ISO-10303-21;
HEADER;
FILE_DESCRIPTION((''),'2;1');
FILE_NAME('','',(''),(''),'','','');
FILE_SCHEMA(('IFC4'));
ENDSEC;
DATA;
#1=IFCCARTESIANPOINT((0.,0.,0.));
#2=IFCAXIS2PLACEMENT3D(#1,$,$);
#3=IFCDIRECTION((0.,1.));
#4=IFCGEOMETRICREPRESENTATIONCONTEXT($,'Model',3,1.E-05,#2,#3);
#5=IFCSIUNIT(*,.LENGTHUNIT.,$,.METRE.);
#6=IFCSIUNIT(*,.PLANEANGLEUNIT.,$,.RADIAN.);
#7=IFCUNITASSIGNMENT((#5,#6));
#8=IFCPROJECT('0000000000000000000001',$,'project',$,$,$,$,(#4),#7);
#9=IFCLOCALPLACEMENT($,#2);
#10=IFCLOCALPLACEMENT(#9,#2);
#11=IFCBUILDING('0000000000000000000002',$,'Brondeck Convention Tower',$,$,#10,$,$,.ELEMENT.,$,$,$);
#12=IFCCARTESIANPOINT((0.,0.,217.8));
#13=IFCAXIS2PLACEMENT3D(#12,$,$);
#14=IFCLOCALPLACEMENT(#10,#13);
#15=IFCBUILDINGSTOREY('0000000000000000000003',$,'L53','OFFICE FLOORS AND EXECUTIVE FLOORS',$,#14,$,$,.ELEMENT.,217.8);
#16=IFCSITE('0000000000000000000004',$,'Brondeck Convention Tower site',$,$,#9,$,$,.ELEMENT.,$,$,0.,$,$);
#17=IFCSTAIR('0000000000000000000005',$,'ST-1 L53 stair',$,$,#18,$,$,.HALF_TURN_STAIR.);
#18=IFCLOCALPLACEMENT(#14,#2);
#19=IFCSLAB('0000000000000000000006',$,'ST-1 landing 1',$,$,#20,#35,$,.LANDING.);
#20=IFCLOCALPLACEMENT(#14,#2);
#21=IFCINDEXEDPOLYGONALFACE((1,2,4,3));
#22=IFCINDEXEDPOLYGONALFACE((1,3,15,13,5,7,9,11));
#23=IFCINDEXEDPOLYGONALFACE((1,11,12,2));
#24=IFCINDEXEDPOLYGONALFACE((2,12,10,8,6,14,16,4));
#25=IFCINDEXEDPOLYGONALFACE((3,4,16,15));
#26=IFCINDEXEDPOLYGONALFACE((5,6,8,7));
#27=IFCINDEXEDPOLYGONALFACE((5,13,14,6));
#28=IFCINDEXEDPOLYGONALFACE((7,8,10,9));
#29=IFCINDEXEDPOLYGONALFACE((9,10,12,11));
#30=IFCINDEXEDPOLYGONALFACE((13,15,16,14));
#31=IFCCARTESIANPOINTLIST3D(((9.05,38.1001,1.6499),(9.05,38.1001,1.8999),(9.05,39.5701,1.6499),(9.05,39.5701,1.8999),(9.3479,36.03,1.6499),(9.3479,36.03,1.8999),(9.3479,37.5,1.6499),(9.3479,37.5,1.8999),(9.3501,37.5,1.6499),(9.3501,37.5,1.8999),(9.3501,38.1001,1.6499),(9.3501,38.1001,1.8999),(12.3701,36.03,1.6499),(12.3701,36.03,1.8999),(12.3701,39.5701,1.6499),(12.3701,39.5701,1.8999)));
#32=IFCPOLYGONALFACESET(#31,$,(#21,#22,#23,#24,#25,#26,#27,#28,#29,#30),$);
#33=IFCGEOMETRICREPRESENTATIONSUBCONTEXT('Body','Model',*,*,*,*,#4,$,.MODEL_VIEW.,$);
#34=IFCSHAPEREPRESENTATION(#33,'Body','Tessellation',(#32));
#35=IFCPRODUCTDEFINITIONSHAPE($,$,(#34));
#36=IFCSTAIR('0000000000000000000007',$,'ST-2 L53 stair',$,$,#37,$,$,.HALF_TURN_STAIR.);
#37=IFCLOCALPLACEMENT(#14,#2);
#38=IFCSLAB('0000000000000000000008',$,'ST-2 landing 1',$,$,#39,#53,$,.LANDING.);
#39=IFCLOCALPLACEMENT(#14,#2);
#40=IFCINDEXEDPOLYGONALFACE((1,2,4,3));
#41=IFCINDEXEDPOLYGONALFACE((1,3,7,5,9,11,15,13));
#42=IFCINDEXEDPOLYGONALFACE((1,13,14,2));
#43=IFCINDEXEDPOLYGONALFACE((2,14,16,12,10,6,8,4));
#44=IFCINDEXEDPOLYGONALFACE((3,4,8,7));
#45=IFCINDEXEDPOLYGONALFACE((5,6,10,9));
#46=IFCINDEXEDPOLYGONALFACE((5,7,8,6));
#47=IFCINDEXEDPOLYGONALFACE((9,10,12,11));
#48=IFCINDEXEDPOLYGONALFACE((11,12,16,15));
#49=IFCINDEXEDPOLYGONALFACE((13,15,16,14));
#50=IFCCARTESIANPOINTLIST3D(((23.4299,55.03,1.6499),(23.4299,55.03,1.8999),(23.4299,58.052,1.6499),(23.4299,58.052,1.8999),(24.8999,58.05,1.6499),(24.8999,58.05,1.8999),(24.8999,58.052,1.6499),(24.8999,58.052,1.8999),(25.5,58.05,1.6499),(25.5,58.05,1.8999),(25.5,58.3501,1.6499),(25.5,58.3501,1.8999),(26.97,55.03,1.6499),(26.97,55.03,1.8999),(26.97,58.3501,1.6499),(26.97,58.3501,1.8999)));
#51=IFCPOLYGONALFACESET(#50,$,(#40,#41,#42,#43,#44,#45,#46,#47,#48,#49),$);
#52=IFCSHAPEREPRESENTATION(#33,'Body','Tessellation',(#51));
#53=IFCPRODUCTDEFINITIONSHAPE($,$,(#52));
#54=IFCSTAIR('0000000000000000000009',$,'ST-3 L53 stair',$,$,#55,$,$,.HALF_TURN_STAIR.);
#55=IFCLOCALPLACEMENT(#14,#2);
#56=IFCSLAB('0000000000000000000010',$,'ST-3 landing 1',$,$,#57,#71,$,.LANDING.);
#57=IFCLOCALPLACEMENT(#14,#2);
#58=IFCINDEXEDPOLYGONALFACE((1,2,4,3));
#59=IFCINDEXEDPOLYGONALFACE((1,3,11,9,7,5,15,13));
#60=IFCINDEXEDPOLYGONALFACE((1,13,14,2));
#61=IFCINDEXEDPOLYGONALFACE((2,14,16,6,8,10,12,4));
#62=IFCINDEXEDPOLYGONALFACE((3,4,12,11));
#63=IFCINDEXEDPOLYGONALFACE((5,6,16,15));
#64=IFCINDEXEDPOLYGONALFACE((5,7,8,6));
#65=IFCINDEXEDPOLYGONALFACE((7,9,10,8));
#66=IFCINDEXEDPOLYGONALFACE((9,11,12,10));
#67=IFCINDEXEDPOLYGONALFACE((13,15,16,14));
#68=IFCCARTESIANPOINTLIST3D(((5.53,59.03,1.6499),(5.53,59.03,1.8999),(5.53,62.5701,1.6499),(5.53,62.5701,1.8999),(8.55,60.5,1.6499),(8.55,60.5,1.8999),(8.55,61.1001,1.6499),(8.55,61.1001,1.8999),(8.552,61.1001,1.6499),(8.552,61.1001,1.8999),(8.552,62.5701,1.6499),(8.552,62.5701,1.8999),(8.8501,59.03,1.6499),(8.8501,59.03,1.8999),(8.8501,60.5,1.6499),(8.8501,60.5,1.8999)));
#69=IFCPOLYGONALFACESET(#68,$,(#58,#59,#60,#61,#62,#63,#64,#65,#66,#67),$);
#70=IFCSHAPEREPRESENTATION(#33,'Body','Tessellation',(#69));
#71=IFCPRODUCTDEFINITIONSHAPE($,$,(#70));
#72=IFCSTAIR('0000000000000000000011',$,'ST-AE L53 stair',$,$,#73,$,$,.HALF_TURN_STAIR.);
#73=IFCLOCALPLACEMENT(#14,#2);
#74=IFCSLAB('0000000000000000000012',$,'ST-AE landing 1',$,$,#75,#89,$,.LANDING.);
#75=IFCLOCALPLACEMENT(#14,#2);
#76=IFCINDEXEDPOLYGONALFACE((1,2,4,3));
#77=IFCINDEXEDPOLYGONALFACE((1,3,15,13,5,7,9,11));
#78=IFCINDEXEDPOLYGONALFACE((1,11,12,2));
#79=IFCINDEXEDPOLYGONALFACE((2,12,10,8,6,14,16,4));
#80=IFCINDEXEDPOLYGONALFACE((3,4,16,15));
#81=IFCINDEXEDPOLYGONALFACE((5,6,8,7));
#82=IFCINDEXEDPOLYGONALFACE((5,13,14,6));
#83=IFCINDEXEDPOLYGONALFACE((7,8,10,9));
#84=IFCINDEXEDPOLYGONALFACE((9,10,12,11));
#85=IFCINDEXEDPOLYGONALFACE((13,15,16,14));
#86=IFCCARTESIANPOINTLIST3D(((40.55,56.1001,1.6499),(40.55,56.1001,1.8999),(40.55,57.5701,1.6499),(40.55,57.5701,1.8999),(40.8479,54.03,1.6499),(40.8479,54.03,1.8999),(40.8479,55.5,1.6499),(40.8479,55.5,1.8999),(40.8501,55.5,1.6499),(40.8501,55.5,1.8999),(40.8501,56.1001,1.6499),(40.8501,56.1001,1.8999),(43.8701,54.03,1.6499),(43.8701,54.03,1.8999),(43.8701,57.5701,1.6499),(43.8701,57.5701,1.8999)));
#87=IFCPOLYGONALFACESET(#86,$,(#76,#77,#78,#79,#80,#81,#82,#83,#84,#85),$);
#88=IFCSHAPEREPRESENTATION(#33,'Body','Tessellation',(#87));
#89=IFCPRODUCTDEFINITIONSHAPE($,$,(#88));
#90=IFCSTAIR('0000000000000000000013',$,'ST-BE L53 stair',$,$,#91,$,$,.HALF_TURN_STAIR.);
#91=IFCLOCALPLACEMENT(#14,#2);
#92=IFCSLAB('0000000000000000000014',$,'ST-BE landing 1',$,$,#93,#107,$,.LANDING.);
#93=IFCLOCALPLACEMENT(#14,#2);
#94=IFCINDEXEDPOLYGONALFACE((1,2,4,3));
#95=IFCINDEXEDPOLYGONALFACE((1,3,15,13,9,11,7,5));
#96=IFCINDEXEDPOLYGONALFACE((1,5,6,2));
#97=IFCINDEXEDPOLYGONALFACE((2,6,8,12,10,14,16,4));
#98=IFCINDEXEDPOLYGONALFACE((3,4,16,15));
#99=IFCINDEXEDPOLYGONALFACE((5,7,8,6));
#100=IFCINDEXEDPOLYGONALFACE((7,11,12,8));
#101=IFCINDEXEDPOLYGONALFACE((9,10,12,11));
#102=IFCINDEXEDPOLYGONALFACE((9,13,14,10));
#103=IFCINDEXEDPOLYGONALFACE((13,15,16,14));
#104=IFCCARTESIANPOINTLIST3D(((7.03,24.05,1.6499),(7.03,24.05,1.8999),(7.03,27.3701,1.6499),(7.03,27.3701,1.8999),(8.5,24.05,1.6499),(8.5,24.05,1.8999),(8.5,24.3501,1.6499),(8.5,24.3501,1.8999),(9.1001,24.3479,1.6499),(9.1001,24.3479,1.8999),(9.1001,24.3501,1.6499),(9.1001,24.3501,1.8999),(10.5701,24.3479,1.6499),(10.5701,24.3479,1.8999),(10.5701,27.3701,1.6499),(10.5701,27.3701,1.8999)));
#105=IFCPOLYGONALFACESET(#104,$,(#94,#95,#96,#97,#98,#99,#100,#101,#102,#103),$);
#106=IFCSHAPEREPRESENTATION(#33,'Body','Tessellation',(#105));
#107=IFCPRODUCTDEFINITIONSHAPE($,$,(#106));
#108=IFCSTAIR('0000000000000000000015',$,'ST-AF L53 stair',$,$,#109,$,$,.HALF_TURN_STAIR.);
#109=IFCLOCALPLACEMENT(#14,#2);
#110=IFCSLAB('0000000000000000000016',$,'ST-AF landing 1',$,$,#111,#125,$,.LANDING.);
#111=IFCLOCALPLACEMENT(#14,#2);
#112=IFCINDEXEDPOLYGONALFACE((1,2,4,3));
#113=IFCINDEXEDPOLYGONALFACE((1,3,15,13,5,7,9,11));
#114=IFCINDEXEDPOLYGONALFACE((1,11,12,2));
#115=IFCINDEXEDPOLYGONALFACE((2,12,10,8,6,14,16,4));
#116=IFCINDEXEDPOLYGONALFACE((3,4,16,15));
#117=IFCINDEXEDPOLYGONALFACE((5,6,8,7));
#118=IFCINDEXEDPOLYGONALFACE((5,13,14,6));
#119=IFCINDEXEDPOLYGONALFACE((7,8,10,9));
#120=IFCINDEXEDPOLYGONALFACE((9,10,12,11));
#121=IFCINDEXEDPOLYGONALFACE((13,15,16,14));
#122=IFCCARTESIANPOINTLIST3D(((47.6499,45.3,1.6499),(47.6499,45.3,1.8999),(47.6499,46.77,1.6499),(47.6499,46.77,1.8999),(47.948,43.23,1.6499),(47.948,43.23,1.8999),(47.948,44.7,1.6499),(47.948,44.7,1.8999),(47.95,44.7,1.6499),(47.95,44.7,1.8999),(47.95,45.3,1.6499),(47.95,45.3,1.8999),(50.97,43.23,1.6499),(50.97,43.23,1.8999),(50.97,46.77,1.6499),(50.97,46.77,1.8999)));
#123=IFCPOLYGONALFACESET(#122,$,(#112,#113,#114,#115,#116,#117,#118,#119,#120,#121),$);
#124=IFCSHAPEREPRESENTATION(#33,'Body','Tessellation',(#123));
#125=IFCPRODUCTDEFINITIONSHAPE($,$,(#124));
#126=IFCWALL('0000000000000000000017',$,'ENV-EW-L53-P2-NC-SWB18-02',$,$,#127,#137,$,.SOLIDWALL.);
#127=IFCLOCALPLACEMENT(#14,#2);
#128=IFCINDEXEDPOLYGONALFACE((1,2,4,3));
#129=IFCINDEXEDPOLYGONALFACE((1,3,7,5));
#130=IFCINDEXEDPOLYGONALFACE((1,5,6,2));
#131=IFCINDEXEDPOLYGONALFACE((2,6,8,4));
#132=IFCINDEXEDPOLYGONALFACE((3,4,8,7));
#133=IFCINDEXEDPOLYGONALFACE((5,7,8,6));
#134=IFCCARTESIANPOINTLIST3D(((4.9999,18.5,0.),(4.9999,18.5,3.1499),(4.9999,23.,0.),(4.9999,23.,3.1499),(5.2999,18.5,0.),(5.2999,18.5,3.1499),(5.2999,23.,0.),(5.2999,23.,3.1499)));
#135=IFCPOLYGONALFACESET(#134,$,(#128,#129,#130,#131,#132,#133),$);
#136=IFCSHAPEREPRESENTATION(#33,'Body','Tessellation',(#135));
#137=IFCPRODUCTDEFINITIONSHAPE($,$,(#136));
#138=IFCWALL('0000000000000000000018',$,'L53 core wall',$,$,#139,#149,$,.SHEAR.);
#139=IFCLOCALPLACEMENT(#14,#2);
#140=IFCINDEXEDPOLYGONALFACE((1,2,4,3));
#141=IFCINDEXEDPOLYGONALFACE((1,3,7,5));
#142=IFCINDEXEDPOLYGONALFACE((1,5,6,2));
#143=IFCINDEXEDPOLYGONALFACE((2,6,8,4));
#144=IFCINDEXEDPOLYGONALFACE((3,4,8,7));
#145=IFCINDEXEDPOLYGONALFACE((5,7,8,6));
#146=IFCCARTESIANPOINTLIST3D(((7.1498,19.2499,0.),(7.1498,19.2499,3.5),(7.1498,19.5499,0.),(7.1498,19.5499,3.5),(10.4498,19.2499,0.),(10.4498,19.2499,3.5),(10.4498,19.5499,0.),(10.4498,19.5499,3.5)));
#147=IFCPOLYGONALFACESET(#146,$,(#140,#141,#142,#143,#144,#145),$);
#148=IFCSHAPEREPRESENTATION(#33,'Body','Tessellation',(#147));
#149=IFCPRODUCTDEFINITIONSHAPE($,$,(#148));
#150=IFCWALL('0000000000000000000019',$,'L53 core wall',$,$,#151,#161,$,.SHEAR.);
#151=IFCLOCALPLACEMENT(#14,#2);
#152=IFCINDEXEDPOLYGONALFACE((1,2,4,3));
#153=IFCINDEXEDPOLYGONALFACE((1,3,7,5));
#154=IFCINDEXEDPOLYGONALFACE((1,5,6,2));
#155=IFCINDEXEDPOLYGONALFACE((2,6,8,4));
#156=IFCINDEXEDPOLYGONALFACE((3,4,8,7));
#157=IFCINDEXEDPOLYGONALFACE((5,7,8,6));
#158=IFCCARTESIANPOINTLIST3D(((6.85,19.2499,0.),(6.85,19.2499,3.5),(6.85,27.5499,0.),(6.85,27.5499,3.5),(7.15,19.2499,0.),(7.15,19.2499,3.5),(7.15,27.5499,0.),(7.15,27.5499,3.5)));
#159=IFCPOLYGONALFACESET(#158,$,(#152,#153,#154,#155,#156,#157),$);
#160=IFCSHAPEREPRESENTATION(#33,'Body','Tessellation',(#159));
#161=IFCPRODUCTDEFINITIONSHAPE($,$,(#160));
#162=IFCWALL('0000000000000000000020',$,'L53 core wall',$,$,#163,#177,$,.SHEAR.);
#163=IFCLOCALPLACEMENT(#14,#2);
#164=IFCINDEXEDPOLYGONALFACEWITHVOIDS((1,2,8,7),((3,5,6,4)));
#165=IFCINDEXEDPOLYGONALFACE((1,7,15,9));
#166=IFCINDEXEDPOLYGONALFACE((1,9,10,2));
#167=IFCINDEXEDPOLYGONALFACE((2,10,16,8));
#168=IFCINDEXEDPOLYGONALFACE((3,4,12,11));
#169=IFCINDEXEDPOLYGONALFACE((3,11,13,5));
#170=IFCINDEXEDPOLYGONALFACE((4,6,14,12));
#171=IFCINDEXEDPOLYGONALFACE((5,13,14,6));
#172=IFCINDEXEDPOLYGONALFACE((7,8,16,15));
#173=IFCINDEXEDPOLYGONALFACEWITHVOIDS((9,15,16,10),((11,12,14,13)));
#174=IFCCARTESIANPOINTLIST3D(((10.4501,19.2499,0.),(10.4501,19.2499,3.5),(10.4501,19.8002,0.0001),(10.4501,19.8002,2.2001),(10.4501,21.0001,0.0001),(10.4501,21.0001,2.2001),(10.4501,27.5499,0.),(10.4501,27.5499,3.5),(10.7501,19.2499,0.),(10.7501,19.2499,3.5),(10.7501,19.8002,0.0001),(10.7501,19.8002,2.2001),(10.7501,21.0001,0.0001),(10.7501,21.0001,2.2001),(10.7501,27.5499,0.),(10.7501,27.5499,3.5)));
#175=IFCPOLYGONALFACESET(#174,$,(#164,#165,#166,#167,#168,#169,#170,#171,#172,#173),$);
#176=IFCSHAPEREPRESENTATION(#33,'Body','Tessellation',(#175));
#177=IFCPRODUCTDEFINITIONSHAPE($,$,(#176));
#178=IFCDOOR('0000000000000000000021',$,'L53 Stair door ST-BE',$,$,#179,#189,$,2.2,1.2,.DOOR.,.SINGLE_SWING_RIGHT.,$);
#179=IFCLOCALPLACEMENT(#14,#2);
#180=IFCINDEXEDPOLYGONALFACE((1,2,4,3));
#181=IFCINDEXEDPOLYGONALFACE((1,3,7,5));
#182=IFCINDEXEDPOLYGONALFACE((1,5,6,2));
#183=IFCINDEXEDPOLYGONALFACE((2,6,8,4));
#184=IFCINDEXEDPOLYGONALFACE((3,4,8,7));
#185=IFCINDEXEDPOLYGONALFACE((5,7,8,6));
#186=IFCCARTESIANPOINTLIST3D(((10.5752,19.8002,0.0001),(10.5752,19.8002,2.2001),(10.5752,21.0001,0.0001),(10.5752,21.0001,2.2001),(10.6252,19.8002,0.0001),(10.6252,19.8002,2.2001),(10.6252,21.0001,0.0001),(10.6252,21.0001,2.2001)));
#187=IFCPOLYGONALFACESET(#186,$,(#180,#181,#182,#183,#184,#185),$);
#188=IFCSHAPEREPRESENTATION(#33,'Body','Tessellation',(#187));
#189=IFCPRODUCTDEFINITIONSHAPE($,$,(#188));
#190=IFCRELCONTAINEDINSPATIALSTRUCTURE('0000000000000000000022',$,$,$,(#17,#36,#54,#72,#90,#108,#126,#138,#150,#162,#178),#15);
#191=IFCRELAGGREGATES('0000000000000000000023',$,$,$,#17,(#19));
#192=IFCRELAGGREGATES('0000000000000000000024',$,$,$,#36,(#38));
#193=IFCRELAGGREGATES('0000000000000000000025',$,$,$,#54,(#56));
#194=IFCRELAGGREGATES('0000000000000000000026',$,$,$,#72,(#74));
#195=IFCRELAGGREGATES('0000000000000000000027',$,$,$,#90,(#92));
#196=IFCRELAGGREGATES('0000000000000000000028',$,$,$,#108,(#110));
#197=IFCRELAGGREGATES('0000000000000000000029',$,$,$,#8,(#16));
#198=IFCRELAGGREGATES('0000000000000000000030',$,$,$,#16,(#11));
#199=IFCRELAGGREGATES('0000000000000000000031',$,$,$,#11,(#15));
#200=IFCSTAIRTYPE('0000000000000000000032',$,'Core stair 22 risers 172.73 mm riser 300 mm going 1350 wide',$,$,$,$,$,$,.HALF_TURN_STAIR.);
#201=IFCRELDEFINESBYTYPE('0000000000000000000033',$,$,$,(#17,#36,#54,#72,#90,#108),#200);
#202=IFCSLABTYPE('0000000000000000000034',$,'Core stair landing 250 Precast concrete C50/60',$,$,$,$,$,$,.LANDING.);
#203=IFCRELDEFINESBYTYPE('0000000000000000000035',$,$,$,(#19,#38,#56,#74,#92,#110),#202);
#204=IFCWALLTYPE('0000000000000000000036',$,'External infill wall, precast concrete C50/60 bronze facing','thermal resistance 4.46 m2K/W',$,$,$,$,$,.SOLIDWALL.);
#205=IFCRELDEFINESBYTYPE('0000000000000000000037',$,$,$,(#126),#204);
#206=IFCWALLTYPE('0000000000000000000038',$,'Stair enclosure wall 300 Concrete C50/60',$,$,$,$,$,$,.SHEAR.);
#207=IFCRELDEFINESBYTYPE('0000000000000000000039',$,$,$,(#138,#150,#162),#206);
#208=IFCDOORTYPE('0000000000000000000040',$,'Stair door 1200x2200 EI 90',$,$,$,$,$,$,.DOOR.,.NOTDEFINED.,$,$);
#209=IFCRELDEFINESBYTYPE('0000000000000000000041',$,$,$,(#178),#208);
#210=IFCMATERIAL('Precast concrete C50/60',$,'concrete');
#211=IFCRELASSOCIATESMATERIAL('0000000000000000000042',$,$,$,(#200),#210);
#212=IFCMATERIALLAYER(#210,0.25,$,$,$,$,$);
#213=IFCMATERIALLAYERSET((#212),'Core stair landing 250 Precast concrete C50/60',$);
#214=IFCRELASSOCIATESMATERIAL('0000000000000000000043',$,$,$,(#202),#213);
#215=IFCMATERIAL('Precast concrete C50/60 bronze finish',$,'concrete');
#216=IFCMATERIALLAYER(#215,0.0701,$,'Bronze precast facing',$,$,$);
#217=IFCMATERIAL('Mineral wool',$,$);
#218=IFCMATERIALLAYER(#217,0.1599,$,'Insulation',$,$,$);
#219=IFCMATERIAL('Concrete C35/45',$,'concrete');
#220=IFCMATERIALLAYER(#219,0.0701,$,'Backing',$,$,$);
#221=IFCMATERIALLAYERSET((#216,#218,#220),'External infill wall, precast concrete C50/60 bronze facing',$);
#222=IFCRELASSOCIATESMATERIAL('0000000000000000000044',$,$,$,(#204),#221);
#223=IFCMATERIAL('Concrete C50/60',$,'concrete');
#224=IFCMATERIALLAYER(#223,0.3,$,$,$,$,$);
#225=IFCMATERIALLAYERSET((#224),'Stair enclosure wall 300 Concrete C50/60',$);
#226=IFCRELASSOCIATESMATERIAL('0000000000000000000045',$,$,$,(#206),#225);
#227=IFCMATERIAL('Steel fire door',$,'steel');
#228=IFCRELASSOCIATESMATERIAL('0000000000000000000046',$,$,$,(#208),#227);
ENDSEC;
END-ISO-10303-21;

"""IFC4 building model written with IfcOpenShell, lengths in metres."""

from ifc_helpers import new_model, si_unit, direction, frame, frame_2d, origin, place, context, subcontext, project, spatial, polyline, rectangle, outline, extrude, material, layer, layer_set, type_object, element, fill, aggregate, save


model = new_model("IFC4")

# Units and contexts
model_context = context("Model", 3, precision=1e-05, world=origin(), true_north=direction((0.0, 1.0)))
body_context = subcontext(model_context, "Body", "Model", "MODEL_VIEW")
ifc_project = project(units=[si_unit("LENGTHUNIT", "METRE"), si_unit("PLANEANGLEUNIT", "RADIAN")], contexts=[model_context])

# Site, building, storey
site_placement = place(None, origin())
site = spatial("IfcSite", under=ifc_project, at=site_placement, Name="Brondeck Convention Tower site", CompositionType="ELEMENT", RefElevation=0.0)
building_placement = place(site_placement, origin())
building = spatial("IfcBuilding", under=site, at=building_placement, Name="Brondeck Convention Tower", CompositionType="ELEMENT")
storey_placement = place(building_placement, frame((0.0, 0.0, 217.8)))
storey = spatial("IfcBuildingStorey", under=building, at=storey_placement, Name="L53", Description="OFFICE FLOORS AND EXECUTIVE FLOORS", CompositionType="ELEMENT", Elevation=217.8)

# Shared definitions
ifc_material_1 = material(Name="Concrete C50/60", Category="concrete")

# Shared definitions
ifc_material_2 = material(Name="Concrete C35/45", Category="concrete")

# Stairs, slabs
ifc_material_3 = material(Name="Precast concrete C50/60", Category="concrete")
stair_type = type_object("IfcStairType", Name="Core stair 22 risers 172.73 mm riser 300 mm going 1350 wide", PredefinedType="HALF_TURN_STAIR", material=ifc_material_3)
stair_1_placement = place(storey_placement, origin())
stair_1 = element("IfcStair", 1, at=stair_1_placement, inside=storey, type_object=stair_type, Name="ST-1 L53 stair", PredefinedType="HALF_TURN_STAIR")
ifc_layer_1 = layer(ifc_material_3, 0.25)
ifc_layer_set_1 = layer_set([ifc_layer_1], Name="Core stair landing 250 Precast concrete C50/60")
slab_type_1 = type_object("IfcSlabType", Name="Core stair landing 250 Precast concrete C50/60", PredefinedType="LANDING", material=ifc_layer_set_1)
slab_1_placement = place(storey_placement, frame((0.0, 0.0, 1.6499)))
slab_1 = element("IfcSlab", 2, at=slab_1_placement, type_object=slab_type_1, Name="ST-1 landing 1", PredefinedType="LANDING", context=body_context, shape_type="SweptSolid", body=[
    extrude(outline(polyline([(9.3479, 37.5), (9.3501, 37.5), (9.3501, 38.1001), (9.05, 38.1001), (9.05, 39.5701), (12.3701, 39.5701), (12.3701, 36.03), (9.3479, 36.03), (9.3479, 37.5)])), origin(), (0.0, 0.0, 1.0), 0.25),
])
aggregate(stair_1, [slab_1])
stair_2_placement = place(storey_placement, origin())
stair_2 = element("IfcStair", 3, at=stair_2_placement, inside=storey, type_object=stair_type, Name="ST-2 L53 stair", PredefinedType="HALF_TURN_STAIR")
slab_2_placement = place(storey_placement, frame((0.0, 0.0, 1.6499)))
slab_2 = element("IfcSlab", 4, at=slab_2_placement, type_object=slab_type_1, Name="ST-2 landing 1", PredefinedType="LANDING", context=body_context, shape_type="SweptSolid", body=[
    extrude(outline(polyline([(23.4299, 58.052), (24.8999, 58.052), (24.8999, 58.05), (25.5, 58.05), (25.5, 58.3501), (26.97, 58.3501), (26.97, 55.03), (23.4299, 55.03), (23.4299, 58.052)])), origin(), (0.0, 0.0, 1.0), 0.25),
])
aggregate(stair_2, [slab_2])
stair_3_placement = place(storey_placement, origin())
stair_3 = element("IfcStair", 5, at=stair_3_placement, inside=storey, type_object=stair_type, Name="ST-3 L53 stair", PredefinedType="HALF_TURN_STAIR")
slab_3_placement = place(storey_placement, frame((0.0, 0.0, 1.6499)))
slab_3 = element("IfcSlab", 6, at=slab_3_placement, type_object=slab_type_1, Name="ST-3 landing 1", PredefinedType="LANDING", context=body_context, shape_type="SweptSolid", body=[
    extrude(outline(polyline([(8.8501, 60.5), (8.8501, 59.03), (5.53, 59.03), (5.53, 62.5701), (8.552, 62.5701), (8.552, 61.1001), (8.55, 61.1001), (8.55, 60.5), (8.8501, 60.5)])), origin(), (0.0, 0.0, 1.0), 0.25),
])
aggregate(stair_3, [slab_3])
stair_4_placement = place(storey_placement, origin())
stair_4 = element("IfcStair", 7, at=stair_4_placement, inside=storey, type_object=stair_type, Name="ST-AE L53 stair", PredefinedType="HALF_TURN_STAIR")
slab_4_placement = place(storey_placement, frame((0.0, 0.0, 1.6499)))
slab_4 = element("IfcSlab", 8, at=slab_4_placement, type_object=slab_type_1, Name="ST-AE landing 1", PredefinedType="LANDING", context=body_context, shape_type="SweptSolid", body=[
    extrude(outline(polyline([(40.8479, 55.5), (40.8501, 55.5), (40.8501, 56.1001), (40.55, 56.1001), (40.55, 57.5701), (43.8701, 57.5701), (43.8701, 54.03), (40.8479, 54.03), (40.8479, 55.5)])), origin(), (0.0, 0.0, 1.0), 0.25),
])
aggregate(stair_4, [slab_4])
stair_5_placement = place(storey_placement, origin())
stair_5 = element("IfcStair", 9, at=stair_5_placement, inside=storey, type_object=stair_type, Name="ST-BE L53 stair", PredefinedType="HALF_TURN_STAIR")
slab_5_placement = place(storey_placement, frame((0.0, 0.0, 1.6499)))
slab_5 = element("IfcSlab", 10, at=slab_5_placement, type_object=slab_type_1, Name="ST-BE landing 1", PredefinedType="LANDING", context=body_context, shape_type="SweptSolid", body=[
    extrude(outline(polyline([(7.03, 24.05), (7.03, 27.3701), (10.5701, 27.3701), (10.5701, 24.3479), (9.1001, 24.3479), (9.1001, 24.3501), (8.5, 24.3501), (8.5, 24.05), (7.03, 24.05)])), origin(), (0.0, 0.0, 1.0), 0.25),
])
aggregate(stair_5, [slab_5])
stair_6_placement = place(storey_placement, origin())
stair_6 = element("IfcStair", 11, at=stair_6_placement, inside=storey, type_object=stair_type, Name="ST-AF L53 stair", PredefinedType="HALF_TURN_STAIR")
slab_6_placement = place(storey_placement, frame((0.0, 0.0, 1.6499)))
slab_6 = element("IfcSlab", 12, at=slab_6_placement, type_object=slab_type_1, Name="ST-AF landing 1", PredefinedType="LANDING", context=body_context, shape_type="SweptSolid", body=[
    extrude(outline(polyline([(47.948, 44.7), (47.95, 44.7), (47.95, 45.3), (47.6499, 45.3), (47.6499, 46.77), (50.97, 46.77), (50.97, 43.23), (47.948, 43.23), (47.948, 44.7)])), origin(), (0.0, 0.0, 1.0), 0.25),
])
aggregate(stair_6, [slab_6])

# Walls
ifc_material_4 = material(Name="Precast concrete C50/60 bronze finish", Category="concrete")
ifc_layer_2 = layer(ifc_material_4, 0.0701, Name="Bronze precast facing")
ifc_material_5 = material(Name="Mineral wool")
ifc_layer_3 = layer(ifc_material_5, 0.1599, Name="Insulation")
ifc_layer_4 = layer(ifc_material_2, 0.0701, Name="Backing")
ifc_layer_set_2 = layer_set([ifc_layer_2, ifc_layer_3, ifc_layer_4], Name="External infill wall, precast concrete C50/60 bronze facing")
wall_type_1 = type_object("IfcWallType", Name="External infill wall, precast concrete C50/60 bronze facing", Description="thermal resistance 4.46 m2K/W", PredefinedType="SOLIDWALL", material=ifc_layer_set_2)
wall_1_placement = place(storey_placement, frame((5.1499, 18.5, 0.0), z_axis=(0.0, 0.0, 1.0), x_axis=(0.0, 1.0, 0.0)))
element("IfcWall", 13, at=wall_1_placement, inside=storey, type_object=wall_type_1, Name="ENV-EW-L53-P2-NC-SWB18-02", PredefinedType="SOLIDWALL", context=body_context, shape_type="SweptSolid", body=[
    extrude(rectangle(XDim=4.5, YDim=0.3, at=frame_2d((2.25, 0.0))), origin(), (0.0, 0.0, 1.0), 3.1499),
])
ifc_layer_5 = layer(ifc_material_1, 0.3)
ifc_layer_set_3 = layer_set([ifc_layer_5], Name="Stair enclosure wall 300 Concrete C50/60")
wall_type_2 = type_object("IfcWallType", Name="Stair enclosure wall 300 Concrete C50/60", PredefinedType="SHEAR", material=ifc_layer_set_3)
wall_2_placement = place(storey_placement, frame((7.1499, 19.3999, 0.0), z_axis=(0.0, 0.0, 1.0), x_axis=(1.0, 0.0, 0.0)))
element("IfcWall", 14, at=wall_2_placement, inside=storey, type_object=wall_type_2, Name="L53 core wall", PredefinedType="SHEAR", context=body_context, shape_type="SweptSolid", body=[
    extrude(rectangle(XDim=3.3, YDim=0.3, at=frame_2d((1.6499, 0.0))), origin(), (0.0, 0.0, 1.0), 3.5),
])
wall_3_placement = place(storey_placement, frame((7.0, 19.25, 0.0), z_axis=(0.0, 0.0, 1.0), x_axis=(0.0, 1.0, 0.0)))
element("IfcWall", 15, at=wall_3_placement, inside=storey, type_object=wall_type_2, Name="L53 core wall", PredefinedType="SHEAR", context=body_context, shape_type="SweptSolid", body=[
    extrude(rectangle(XDim=8.3, YDim=0.3, at=frame_2d((4.1499, 0.0))), origin(), (0.0, 0.0, 1.0), 3.5),
])

# Wall, opening, door
wall_4_placement = place(storey_placement, frame((10.6001, 19.25, 0.0), z_axis=(0.0, 0.0, 1.0), x_axis=(0.0, 1.0, 0.0)))
wall_4 = element("IfcWall", 16, at=wall_4_placement, inside=storey, type_object=wall_type_2, Name="L53 core wall", PredefinedType="SHEAR", context=body_context, shape_type="SweptSolid", body=[
    extrude(rectangle(XDim=8.3, YDim=0.3, at=frame_2d((4.1499, 0.0))), origin(), (0.0, 0.0, 1.0), 3.5),
])
opening_placement = place(wall_4_placement, frame((0.55, 0.0, 0.0)))
opening = element("IfcOpeningElement", 17, at=opening_placement, cuts=wall_4, PredefinedType="OPENING", context=body_context, shape_type="SweptSolid", body=[
    extrude(rectangle(XDim=1.2, YDim=2.2, at=frame_2d((0.6001, 1.1001))), frame((0.0, 0.1599, 0.0), z_axis=(0.0, -1.0, 0.0), x_axis=(1.0, 0.0, 0.0)), (0.0, 0.0, 1.0), 0.3201),
])
ifc_material_6 = material(Name="Steel fire door", Category="steel")
door_type = type_object("IfcDoorType", Name="Stair door 1200x2200 EI 90", OperationType="NOTDEFINED", PredefinedType="DOOR", material=ifc_material_6)
door_placement = place(opening_placement, origin())
door = element("IfcDoor", 18, at=door_placement, inside=storey, type_object=door_type, Name="L53 Stair door ST-BE", OperationType="SINGLE_SWING_RIGHT", OverallHeight=2.2, OverallWidth=1.2, PredefinedType="DOOR", context=body_context, shape_type="SweptSolid", body=[
    extrude(rectangle(XDim=1.2, YDim=2.2, at=frame_2d((0.6001, 1.1001))), frame((0.0, 0.0249, 0.0), z_axis=(0.0, -1.0, 0.0), x_axis=(1.0, 0.0, 0.0)), (0.0, 0.0, 1.0), 0.05),
])
fill(opening, door)

save(model, "model.ifc")
